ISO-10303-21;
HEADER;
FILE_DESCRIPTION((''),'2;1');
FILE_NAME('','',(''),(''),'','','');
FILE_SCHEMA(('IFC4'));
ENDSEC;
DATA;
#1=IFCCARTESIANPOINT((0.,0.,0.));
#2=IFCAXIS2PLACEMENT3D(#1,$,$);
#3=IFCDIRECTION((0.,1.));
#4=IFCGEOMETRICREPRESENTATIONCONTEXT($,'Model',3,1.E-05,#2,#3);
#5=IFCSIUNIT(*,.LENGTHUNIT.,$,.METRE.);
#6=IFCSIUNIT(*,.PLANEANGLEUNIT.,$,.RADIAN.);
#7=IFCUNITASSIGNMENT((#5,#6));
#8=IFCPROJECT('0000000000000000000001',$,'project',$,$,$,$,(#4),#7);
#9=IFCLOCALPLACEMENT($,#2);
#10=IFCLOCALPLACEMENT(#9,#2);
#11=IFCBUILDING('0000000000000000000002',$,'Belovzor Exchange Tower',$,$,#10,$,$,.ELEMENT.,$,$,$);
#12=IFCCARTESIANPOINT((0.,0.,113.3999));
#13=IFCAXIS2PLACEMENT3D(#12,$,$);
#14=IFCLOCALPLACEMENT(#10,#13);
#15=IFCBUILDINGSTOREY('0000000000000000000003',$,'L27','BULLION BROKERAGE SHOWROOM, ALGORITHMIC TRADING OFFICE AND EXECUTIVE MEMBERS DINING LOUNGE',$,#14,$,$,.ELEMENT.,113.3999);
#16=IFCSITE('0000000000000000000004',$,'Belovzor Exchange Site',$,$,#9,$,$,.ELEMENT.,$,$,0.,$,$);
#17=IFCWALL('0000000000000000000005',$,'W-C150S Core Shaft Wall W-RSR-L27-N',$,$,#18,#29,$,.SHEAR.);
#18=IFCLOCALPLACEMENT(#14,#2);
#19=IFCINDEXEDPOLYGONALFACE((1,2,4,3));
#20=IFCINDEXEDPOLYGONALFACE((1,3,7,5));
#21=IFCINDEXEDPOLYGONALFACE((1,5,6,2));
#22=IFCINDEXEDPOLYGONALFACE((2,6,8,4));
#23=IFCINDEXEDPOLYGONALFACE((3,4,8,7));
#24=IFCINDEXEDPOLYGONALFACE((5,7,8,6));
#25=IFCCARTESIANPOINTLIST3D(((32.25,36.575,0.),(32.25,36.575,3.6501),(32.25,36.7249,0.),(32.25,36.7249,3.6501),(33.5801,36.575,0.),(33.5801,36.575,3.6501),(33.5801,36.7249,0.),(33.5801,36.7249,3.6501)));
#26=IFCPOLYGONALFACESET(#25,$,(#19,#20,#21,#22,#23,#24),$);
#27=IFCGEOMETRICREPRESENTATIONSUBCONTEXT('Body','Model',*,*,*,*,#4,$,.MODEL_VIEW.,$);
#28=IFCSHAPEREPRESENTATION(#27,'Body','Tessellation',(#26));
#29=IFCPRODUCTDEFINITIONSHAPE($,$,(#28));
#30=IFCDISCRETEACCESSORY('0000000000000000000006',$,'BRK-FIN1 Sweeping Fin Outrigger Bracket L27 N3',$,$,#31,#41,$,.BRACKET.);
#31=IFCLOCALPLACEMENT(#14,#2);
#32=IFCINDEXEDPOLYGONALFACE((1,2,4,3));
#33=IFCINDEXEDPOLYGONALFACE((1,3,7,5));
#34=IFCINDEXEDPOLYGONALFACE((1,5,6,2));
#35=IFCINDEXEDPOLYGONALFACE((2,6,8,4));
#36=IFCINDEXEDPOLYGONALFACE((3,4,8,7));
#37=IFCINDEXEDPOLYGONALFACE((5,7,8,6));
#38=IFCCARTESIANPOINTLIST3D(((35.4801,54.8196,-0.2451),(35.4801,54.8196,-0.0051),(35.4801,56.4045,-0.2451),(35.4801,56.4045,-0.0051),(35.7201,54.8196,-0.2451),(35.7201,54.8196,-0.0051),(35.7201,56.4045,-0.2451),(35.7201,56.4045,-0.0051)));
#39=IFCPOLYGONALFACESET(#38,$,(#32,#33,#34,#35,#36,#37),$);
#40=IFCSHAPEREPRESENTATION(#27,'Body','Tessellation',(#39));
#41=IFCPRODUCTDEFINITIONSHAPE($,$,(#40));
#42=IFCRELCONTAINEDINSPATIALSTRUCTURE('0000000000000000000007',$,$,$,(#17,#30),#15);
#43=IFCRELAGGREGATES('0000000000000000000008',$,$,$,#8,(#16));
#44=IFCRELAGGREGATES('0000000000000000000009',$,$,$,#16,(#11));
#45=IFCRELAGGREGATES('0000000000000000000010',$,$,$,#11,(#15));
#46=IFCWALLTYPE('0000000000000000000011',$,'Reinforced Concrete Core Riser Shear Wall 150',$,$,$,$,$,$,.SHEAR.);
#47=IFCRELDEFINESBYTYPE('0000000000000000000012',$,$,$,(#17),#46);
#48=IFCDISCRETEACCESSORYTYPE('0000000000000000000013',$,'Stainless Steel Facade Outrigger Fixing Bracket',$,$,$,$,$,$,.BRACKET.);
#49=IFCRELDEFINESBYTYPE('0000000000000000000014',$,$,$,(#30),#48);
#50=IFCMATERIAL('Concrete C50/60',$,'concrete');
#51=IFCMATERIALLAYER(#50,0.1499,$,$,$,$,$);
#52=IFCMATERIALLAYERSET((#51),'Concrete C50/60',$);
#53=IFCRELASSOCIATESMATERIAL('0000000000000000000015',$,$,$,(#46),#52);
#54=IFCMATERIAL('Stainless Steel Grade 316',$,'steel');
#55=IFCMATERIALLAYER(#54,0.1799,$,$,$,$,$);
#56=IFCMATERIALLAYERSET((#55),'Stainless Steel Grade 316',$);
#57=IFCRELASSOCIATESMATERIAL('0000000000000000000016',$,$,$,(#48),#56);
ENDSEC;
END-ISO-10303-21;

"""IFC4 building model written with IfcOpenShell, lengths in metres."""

from ifc_helpers import new_model, si_unit, direction, frame, frame_2d, origin, origin_2d, place, context, subcontext, project, spatial, rectangle, extrude, material, layer, layer_set, type_object, element, save


model = new_model("IFC4")

# Units and contexts
model_context = context("Model", 3, precision=1e-05, world=origin(), true_north=direction((0.0, 1.0)))
body_context = subcontext(model_context, "Body", "Model", "MODEL_VIEW")
ifc_project = project(units=[si_unit("LENGTHUNIT", "METRE"), si_unit("PLANEANGLEUNIT", "RADIAN")], contexts=[model_context])

# Site, building, storey
site_placement = place(None, origin())
site = spatial("IfcSite", under=ifc_project, at=site_placement, Name="Belovzor Exchange Site", CompositionType="ELEMENT", RefElevation=0.0)
building_placement = place(site_placement, origin())
building = spatial("IfcBuilding", under=site, at=building_placement, Name="Belovzor Exchange Tower", CompositionType="ELEMENT")
storey_placement = place(building_placement, frame((0.0, 0.0, 113.3999)))
storey = spatial("IfcBuildingStorey", under=building, at=storey_placement, Name="L27", Description="BULLION BROKERAGE SHOWROOM, ALGORITHMIC TRADING OFFICE AND EXECUTIVE MEMBERS DINING LOUNGE", CompositionType="ELEMENT", Elevation=113.3999)

# Wall
ifc_material_1 = material(Name="Concrete C50/60", Category="concrete")
ifc_layer_1 = layer(ifc_material_1, 0.1499)
ifc_layer_set_1 = layer_set([ifc_layer_1], Name="Concrete C50/60")
wall_type_1 = type_object("IfcWallType", Name="Reinforced Concrete Core Riser Shear Wall 150", PredefinedType="SHEAR", material=ifc_layer_set_1)
wall_1_placement = place(storey_placement, frame((32.25, 36.6499, 0.0), z_axis=(0.0, 0.0, 1.0), x_axis=(1.0, 0.0, 0.0)))
element("IfcWall", 1, at=wall_1_placement, inside=storey, type_object=wall_type_1, Name="W-C150S Core Shaft Wall W-RSR-L27-N", PredefinedType="SHEAR", context=body_context, shape_type="SweptSolid", body=[
    extrude(rectangle(XDim=1.3301, YDim=0.1499, at=frame_2d((0.665, 0.0))), origin(), (0.0, 0.0, 1.0), 3.6501),
])

# Discrete accessory
ifc_material_2 = material(Name="Stainless Steel Grade 316", Category="steel")
ifc_layer_2 = layer(ifc_material_2, 0.1799)
ifc_layer_set_2 = layer_set([ifc_layer_2], Name="Stainless Steel Grade 316")
discrete_accessory_type = type_object("IfcDiscreteAccessoryType", Name="Stainless Steel Facade Outrigger Fixing Bracket", PredefinedType="BRACKET", material=ifc_layer_set_2)
discrete_accessory_placement = place(storey_placement, frame((35.6001, 55.6121, -0.2451), z_axis=(0.0, 0.0, 1.0), x_axis=(0.0, 1.0, 0.0)))
element("IfcDiscreteAccessory", 2, at=discrete_accessory_placement, inside=storey, type_object=discrete_accessory_type, Name="BRK-FIN1 Sweeping Fin Outrigger Bracket L27 N3", PredefinedType="BRACKET", context=body_context, shape_type="SweptSolid", body=[
    extrude(rectangle(XDim=1.585, YDim=0.24, at=origin_2d()), origin(), (0.0, 0.0, 1.0), 0.24),
])

save(model, "model.ifc")
